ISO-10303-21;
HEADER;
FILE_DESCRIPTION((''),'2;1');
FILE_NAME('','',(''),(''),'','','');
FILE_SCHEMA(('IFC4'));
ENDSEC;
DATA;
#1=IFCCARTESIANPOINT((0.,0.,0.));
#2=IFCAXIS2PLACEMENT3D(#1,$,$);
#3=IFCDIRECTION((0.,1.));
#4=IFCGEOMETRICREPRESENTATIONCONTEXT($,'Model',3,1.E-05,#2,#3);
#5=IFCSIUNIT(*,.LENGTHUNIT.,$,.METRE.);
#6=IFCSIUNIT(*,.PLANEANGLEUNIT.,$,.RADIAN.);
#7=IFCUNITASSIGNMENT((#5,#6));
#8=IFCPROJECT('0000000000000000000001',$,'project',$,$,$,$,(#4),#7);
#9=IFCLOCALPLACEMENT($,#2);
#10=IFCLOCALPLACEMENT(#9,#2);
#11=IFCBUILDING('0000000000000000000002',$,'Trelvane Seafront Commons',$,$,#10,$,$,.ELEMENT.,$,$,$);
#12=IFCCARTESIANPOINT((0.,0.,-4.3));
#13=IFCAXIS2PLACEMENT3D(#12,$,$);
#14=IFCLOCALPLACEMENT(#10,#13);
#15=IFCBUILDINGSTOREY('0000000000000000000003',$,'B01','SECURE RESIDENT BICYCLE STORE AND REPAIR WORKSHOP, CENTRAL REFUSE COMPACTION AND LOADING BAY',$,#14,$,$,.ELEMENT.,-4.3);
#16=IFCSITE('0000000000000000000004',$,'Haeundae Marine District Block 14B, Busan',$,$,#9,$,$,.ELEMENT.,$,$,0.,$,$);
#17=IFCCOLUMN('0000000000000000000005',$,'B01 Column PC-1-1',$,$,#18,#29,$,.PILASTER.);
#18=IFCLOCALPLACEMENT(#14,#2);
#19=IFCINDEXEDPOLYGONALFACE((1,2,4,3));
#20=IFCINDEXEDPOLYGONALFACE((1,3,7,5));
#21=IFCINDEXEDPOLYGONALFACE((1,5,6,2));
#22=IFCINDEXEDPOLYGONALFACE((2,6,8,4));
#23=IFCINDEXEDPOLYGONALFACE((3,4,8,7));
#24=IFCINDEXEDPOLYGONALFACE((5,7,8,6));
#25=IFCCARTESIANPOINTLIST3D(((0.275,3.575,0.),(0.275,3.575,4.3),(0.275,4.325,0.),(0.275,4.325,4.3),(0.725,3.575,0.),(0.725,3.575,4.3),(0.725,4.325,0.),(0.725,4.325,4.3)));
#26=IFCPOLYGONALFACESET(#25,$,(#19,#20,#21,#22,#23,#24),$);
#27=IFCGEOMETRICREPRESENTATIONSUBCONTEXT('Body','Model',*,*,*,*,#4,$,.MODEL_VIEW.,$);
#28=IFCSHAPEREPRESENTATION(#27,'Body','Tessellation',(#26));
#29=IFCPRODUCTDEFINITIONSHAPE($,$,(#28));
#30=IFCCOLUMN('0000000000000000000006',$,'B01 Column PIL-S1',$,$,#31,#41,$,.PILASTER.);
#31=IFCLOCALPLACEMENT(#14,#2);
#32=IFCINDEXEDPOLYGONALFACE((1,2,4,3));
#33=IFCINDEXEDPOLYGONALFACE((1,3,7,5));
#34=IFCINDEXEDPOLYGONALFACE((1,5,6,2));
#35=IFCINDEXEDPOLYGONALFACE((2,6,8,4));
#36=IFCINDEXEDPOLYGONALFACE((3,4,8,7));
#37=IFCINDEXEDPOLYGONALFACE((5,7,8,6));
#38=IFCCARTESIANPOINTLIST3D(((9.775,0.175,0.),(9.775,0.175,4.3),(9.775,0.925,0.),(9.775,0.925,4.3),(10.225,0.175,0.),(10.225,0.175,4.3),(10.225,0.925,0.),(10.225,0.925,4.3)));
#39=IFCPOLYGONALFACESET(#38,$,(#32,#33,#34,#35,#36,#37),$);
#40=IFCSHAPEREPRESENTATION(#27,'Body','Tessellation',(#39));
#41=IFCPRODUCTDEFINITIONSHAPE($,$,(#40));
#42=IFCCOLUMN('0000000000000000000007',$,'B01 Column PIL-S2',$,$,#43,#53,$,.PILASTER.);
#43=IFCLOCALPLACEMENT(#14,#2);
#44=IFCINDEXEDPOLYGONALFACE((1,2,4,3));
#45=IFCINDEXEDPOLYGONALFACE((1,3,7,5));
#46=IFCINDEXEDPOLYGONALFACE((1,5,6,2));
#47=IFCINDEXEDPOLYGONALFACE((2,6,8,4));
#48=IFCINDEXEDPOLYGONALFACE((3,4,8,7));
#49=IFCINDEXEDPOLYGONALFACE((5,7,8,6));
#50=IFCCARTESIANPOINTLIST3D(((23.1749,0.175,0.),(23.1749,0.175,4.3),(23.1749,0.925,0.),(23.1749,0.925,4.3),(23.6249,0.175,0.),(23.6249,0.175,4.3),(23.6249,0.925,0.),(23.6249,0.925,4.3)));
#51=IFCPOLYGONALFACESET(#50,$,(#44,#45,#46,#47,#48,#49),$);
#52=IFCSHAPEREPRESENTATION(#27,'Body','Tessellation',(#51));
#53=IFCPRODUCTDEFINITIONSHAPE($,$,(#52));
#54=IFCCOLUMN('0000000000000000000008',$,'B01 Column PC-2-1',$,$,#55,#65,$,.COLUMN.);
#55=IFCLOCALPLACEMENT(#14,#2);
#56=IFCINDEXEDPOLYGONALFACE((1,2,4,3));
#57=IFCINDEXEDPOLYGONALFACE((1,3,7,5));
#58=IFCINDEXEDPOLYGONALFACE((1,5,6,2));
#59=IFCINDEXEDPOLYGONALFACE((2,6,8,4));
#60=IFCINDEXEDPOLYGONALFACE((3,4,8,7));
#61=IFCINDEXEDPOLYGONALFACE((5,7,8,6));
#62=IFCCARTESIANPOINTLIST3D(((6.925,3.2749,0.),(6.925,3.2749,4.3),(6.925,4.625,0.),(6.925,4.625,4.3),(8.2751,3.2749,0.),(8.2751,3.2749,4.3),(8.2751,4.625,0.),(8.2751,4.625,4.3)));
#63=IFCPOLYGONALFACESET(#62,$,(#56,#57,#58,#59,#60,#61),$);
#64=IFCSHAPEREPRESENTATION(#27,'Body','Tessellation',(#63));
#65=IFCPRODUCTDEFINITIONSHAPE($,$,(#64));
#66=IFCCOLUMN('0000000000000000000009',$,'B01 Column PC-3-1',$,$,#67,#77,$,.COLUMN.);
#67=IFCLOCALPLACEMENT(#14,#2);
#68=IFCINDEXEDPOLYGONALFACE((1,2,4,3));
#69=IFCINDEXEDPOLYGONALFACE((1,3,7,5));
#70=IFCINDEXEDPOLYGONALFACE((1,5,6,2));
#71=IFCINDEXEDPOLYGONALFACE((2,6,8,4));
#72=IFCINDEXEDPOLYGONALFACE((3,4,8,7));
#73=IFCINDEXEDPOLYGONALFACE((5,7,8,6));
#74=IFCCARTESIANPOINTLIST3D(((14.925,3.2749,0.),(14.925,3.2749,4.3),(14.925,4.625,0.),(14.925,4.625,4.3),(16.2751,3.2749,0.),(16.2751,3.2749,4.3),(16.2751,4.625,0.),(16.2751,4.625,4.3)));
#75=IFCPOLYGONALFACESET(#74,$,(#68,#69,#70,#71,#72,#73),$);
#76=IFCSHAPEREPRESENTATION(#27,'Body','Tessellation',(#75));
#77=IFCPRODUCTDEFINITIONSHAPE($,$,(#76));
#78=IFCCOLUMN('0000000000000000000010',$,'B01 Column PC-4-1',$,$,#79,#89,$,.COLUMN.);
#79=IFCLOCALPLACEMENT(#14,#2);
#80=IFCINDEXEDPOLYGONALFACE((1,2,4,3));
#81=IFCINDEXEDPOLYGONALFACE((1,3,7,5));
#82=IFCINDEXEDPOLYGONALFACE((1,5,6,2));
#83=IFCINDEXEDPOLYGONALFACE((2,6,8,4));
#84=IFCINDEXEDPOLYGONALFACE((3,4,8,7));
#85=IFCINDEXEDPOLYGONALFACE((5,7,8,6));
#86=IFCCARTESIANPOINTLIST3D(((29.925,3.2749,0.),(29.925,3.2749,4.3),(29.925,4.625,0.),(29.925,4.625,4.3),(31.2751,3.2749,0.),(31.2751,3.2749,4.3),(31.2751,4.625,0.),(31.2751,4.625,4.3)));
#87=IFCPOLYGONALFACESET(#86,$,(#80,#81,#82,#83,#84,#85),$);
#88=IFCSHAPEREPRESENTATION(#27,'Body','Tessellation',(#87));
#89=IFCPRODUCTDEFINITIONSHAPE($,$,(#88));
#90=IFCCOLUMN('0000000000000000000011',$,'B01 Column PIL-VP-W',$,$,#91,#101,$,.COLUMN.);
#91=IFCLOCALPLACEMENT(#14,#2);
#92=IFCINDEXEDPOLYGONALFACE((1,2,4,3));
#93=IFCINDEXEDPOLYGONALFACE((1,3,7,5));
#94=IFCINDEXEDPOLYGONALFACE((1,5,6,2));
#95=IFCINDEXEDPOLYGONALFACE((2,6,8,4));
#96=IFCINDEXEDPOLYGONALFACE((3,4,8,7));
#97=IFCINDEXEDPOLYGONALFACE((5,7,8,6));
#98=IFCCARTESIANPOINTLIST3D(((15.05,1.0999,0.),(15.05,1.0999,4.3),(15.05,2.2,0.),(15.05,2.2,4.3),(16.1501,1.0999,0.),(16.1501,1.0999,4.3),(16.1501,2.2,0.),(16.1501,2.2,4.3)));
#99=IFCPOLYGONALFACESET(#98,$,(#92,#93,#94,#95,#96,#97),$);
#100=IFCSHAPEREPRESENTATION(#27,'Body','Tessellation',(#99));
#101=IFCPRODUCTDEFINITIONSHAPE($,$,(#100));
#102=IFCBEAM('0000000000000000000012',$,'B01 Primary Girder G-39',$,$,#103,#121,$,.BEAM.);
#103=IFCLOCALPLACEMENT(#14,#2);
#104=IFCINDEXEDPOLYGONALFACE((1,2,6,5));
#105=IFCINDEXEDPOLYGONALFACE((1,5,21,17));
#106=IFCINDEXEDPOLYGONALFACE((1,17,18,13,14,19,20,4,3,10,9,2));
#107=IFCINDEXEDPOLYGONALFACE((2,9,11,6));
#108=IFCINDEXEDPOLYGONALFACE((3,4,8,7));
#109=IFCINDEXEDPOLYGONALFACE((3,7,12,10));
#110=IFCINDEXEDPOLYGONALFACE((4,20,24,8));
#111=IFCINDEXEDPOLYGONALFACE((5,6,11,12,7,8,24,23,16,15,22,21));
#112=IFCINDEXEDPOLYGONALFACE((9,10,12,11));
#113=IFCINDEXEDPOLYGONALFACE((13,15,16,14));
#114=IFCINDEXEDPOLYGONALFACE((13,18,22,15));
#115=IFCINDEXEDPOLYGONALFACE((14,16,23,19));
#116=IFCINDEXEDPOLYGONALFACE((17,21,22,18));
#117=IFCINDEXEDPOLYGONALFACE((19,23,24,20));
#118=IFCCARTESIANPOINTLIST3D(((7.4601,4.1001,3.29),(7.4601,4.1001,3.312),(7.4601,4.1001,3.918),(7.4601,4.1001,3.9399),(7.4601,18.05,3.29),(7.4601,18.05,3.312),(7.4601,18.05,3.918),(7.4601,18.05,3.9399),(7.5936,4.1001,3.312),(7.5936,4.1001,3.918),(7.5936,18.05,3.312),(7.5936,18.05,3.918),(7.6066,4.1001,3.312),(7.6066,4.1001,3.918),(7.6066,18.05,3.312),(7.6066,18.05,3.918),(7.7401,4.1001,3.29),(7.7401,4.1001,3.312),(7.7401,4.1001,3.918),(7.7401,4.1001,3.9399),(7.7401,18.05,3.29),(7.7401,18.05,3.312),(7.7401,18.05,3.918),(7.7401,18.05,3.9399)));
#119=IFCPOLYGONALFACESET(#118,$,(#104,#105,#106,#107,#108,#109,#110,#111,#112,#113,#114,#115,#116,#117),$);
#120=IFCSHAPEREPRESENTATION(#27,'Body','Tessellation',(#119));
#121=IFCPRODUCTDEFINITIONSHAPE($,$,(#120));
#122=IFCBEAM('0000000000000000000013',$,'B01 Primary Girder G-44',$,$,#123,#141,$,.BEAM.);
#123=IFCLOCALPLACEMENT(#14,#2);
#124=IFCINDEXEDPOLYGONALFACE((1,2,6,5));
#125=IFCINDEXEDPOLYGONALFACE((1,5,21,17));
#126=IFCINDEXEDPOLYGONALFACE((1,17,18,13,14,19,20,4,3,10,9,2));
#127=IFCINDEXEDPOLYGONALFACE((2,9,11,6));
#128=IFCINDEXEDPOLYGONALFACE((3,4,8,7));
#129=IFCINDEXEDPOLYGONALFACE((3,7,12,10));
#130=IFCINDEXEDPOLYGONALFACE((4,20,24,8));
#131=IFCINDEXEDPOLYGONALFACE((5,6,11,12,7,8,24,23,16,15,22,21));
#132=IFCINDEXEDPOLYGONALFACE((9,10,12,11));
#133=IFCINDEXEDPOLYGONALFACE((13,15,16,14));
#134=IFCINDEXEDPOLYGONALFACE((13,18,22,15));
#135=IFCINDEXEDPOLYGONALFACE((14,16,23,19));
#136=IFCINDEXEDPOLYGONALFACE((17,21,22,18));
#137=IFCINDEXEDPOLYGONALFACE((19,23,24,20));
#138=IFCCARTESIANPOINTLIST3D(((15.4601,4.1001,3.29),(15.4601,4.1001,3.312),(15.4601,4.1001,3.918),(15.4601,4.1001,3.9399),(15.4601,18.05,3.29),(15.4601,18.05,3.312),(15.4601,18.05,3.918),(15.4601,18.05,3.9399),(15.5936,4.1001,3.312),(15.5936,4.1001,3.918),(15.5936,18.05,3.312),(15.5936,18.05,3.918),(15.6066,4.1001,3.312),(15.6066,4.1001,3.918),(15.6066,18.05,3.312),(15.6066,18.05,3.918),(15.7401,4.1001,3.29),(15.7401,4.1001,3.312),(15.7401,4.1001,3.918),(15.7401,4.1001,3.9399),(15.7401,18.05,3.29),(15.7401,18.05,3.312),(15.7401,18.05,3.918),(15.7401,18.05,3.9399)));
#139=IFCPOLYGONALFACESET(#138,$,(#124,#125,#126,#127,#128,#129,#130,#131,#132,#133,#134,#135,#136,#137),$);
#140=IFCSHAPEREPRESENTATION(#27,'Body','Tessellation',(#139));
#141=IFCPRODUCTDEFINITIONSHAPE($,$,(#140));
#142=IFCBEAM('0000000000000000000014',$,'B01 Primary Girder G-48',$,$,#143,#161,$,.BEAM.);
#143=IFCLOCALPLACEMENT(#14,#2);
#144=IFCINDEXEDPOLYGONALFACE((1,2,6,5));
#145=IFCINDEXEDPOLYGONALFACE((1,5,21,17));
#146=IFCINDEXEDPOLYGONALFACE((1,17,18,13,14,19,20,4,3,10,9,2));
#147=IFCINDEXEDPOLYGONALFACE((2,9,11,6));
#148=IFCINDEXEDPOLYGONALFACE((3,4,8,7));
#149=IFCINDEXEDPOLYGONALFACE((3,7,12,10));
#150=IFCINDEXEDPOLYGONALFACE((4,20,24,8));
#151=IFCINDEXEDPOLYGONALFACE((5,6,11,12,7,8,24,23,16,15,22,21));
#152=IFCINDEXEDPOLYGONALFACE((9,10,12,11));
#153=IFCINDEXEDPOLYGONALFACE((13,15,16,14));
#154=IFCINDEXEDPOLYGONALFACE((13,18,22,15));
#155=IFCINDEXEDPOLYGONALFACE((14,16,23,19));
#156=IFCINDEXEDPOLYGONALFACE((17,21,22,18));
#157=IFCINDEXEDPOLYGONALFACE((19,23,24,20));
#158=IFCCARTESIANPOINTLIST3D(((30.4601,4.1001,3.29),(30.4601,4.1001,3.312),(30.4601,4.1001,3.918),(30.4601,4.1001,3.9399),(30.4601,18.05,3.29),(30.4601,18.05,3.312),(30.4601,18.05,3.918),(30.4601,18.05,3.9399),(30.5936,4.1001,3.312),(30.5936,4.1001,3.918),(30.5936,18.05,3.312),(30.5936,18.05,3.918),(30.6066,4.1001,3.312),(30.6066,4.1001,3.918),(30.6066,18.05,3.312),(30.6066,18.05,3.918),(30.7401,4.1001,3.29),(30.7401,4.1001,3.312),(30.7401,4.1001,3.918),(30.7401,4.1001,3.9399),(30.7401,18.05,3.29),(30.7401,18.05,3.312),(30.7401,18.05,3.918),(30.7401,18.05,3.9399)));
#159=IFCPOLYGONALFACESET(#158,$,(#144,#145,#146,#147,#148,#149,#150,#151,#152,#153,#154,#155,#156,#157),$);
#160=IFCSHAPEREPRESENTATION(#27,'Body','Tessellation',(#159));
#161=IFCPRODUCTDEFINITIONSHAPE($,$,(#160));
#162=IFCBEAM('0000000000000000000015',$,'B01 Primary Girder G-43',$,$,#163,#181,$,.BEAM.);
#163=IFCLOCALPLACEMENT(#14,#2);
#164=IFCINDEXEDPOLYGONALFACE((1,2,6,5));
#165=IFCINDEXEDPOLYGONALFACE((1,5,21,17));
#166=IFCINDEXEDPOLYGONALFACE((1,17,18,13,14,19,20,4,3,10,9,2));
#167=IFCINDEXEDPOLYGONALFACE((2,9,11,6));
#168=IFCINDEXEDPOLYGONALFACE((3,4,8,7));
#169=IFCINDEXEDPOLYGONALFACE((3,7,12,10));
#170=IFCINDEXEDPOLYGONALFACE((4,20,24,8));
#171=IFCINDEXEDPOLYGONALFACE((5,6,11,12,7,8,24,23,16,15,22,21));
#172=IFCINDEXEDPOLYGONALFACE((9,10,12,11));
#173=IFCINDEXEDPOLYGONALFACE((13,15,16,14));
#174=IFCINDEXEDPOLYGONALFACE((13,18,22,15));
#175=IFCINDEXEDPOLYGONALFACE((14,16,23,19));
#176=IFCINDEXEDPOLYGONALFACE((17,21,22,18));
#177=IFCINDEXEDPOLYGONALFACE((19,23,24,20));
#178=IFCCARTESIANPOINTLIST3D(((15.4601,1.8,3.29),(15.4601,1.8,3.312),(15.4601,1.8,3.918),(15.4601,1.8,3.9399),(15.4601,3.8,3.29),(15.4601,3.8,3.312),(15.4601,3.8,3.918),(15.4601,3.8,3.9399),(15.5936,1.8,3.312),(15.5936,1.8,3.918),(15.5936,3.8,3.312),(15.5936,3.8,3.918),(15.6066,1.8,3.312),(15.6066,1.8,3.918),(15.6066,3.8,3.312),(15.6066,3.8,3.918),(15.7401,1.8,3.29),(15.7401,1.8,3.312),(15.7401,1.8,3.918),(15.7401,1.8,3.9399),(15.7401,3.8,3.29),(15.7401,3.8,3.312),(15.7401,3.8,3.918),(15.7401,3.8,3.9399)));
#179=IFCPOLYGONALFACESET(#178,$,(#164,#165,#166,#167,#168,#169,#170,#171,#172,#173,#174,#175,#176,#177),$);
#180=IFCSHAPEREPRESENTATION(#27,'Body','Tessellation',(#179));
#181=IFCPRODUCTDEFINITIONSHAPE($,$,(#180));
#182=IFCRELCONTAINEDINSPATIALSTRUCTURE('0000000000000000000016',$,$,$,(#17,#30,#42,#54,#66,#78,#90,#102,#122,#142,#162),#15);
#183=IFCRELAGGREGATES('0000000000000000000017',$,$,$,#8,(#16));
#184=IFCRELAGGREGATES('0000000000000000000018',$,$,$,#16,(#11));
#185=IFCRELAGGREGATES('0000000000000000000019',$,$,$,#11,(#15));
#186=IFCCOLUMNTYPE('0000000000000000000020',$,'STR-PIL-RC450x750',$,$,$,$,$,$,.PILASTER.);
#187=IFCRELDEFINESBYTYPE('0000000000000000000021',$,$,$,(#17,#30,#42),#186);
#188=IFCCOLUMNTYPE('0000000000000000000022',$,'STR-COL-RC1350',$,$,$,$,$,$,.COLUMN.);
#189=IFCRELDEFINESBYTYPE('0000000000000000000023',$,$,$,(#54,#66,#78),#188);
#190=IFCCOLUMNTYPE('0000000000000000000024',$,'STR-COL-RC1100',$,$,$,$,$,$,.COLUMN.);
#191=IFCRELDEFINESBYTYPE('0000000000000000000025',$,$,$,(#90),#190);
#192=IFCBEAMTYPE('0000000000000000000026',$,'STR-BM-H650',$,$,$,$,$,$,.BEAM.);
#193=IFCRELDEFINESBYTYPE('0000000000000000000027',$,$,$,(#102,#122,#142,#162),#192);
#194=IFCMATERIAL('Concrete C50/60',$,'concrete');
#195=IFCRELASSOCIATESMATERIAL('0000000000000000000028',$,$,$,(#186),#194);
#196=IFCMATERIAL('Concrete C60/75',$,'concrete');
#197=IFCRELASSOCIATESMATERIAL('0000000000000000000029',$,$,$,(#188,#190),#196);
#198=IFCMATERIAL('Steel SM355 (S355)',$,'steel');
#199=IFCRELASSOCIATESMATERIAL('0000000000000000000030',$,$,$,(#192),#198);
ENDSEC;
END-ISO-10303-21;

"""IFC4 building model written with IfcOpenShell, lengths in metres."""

from ifc_helpers import new_model, si_unit, direction, frame, origin, origin_2d, place, context, subcontext, project, spatial, rectangle, i_section, extrude, source, transform, mapped, material, material_profile, profile_set, type_object, element, save


model = new_model("IFC4")

# Units and contexts
model_context = context("Model", 3, precision=1e-05, world=origin(), true_north=direction((0.0, 1.0)))
body_context = subcontext(model_context, "Body", "Model", "MODEL_VIEW")
ifc_project = project(units=[si_unit("LENGTHUNIT", "METRE"), si_unit("PLANEANGLEUNIT", "RADIAN")], contexts=[model_context])

# Site, building, storey
site_placement = place(None, origin())
site = spatial("IfcSite", under=ifc_project, at=site_placement, Name="Haeundae Marine District Block 14B, Busan", CompositionType="ELEMENT", RefElevation=0.0)
building_placement = place(site_placement, origin())
building = spatial("IfcBuilding", under=site, at=building_placement, Name="Trelvane Seafront Commons", CompositionType="ELEMENT")
storey_placement = place(building_placement, frame((0.0, 0.0, -4.3)))
storey = spatial("IfcBuildingStorey", under=building, at=storey_placement, Name="B01", Description="SECURE RESIDENT BICYCLE STORE AND REPAIR WORKSHOP, CENTRAL REFUSE COMPACTION AND LOADING BAY", CompositionType="ELEMENT", Elevation=-4.3)

# Columns
ifc_material_1 = material(Name="Concrete C50/60", Category="concrete")
ifc_material_profile_1 = material_profile(ifc_material_1, rectangle(XDim=0.45, YDim=0.75, at=origin_2d()), Name="RC-450x750")
ifc_profile_set_1 = profile_set([ifc_material_profile_1], Name="Concrete C50/60")
column_type_1 = type_object("IfcColumnType", Name="STR-PIL-RC450x750", PredefinedType="PILASTER", material=ifc_profile_set_1)
shared_shape_1 = source(origin(), body_context, "Body", "SweptSolid", [
    extrude(rectangle(XDim=0.45, YDim=0.75, at=origin_2d()), origin(), (0.0, 0.0, 1.0), 4.3),
])
for number, where, z_axis, x_axis, name in (
    (1, (0.5, 3.95, 0.0), (0.0, 0.0, 1.0), (1.0, 0.0, 0.0), "B01 Column PC-1-1"),
    (2, (10.0, 0.55, 0.0), (0.0, 0.0, 1.0), (1.0, 0.0, 0.0), "B01 Column PIL-S1"),
    (3, (23.3999, 0.55, 0.0), (0.0, 0.0, 1.0), (1.0, 0.0, 0.0), "B01 Column PIL-S2"),
):
    element("IfcColumn", number, at=place(storey_placement, frame(where, z_axis=z_axis, x_axis=x_axis)), inside=storey, type_object=column_type_1, Name=name, PredefinedType="PILASTER", context=body_context, shape_type="MappedRepresentation", body=[
        mapped(shared_shape_1, transform((0.0, 0.0, 0.0), x_axis=(1.0, 0.0, 0.0), y_axis=(0.0, 1.0, 0.0), z_axis=(0.0, 0.0, 1.0), scale=1.0)),
    ])
ifc_material_2 = material(Name="Concrete C60/75", Category="concrete")
ifc_material_profile_2 = material_profile(ifc_material_2, rectangle(XDim=1.3501, YDim=1.3501, at=origin_2d()), Name="RC-1350x1350")
ifc_profile_set_2 = profile_set([ifc_material_profile_2], Name="Concrete C60/75")
column_type_2 = type_object("IfcColumnType", Name="STR-COL-RC1350", PredefinedType="COLUMN", material=ifc_profile_set_2)
shared_shape_2 = source(origin(), body_context, "Body", "SweptSolid", [
    extrude(rectangle(XDim=1.3501, YDim=1.3501, at=origin_2d()), origin(), (0.0, 0.0, 1.0), 4.3),
])
for number, where, z_axis, x_axis, name in (
    (4, (7.6001, 3.95, 0.0), (0.0, 0.0, 1.0), (1.0, 0.0, 0.0), "B01 Column PC-2-1"),
    (5, (15.6001, 3.95, 0.0), (0.0, 0.0, 1.0), (1.0, 0.0, 0.0), "B01 Column PC-3-1"),
    (6, (30.6001, 3.95, 0.0), (0.0, 0.0, 1.0), (1.0, 0.0, 0.0), "B01 Column PC-4-1"),
):
    element("IfcColumn", number, at=place(storey_placement, frame(where, z_axis=z_axis, x_axis=x_axis)), inside=storey, type_object=column_type_2, Name=name, PredefinedType="COLUMN", context=body_context, shape_type="MappedRepresentation", body=[
        mapped(shared_shape_2, transform((0.0, 0.0, 0.0), x_axis=(1.0, 0.0, 0.0), y_axis=(0.0, 1.0, 0.0), z_axis=(0.0, 0.0, 1.0), scale=1.0)),
    ])
ifc_material_profile_3 = material_profile(ifc_material_2, rectangle(XDim=1.1001, YDim=1.1001, at=origin_2d()), Name="RC-1100x1100")
ifc_profile_set_3 = profile_set([ifc_material_profile_3], Name="Concrete C60/75")
column_type_3 = type_object("IfcColumnType", Name="STR-COL-RC1100", PredefinedType="COLUMN", material=ifc_profile_set_3)
shared_shape_3 = source(origin(), body_context, "Body", "SweptSolid", [
    extrude(rectangle(XDim=1.1001, YDim=1.1001, at=origin_2d()), origin(), (0.0, 0.0, 1.0), 4.3),
])
column_placement = place(storey_placement, frame((15.6001, 1.6499, 0.0), z_axis=(0.0, 0.0, 1.0), x_axis=(1.0, 0.0, 0.0)))
element("IfcColumn", 7, at=column_placement, inside=storey, type_object=column_type_3, Name="B01 Column PIL-VP-W", PredefinedType="COLUMN", context=body_context, shape_type="MappedRepresentation", body=[
    mapped(shared_shape_3, transform((0.0, 0.0, 0.0), x_axis=(1.0, 0.0, 0.0), y_axis=(0.0, 1.0, 0.0), z_axis=(0.0, 0.0, 1.0), scale=1.0)),
])

# Beams
ifc_material_3 = material(Name="Steel SM355 (S355)", Category="steel")
ifc_material_profile_4 = material_profile(ifc_material_3, i_section(OverallWidth=0.28, OverallDepth=0.6499, WebThickness=0.0129, FlangeThickness=0.022, at=origin_2d()), Name="H-650x280x13x22")
ifc_profile_set_4 = profile_set([ifc_material_profile_4], Name="Steel SM355 (S355)")
beam_type_1 = type_object("IfcBeamType", Name="STR-BM-H650", PredefinedType="BEAM", material=ifc_profile_set_4)
shared_shape_4 = source(origin(), body_context, "Body", "SweptSolid", [
    extrude(i_section(OverallWidth=0.28, OverallDepth=0.6499, WebThickness=0.0129, FlangeThickness=0.022, at=origin_2d()), origin(), (0.0, 0.0, 1.0), 13.95),
])
for number, where, z_axis, x_axis, name in (
    (8, (7.6001, 4.1001, 3.615), (0.0, 1.0, 0.0), (-1.0, 0.0, 0.0), "B01 Primary Girder G-39"),
    (9, (15.6001, 4.1001, 3.615), (0.0, 1.0, 0.0), (-1.0, 0.0, 0.0), "B01 Primary Girder G-44"),
    (10, (30.6001, 4.1001, 3.615), (0.0, 1.0, 0.0), (-1.0, 0.0, 0.0), "B01 Primary Girder G-48"),
):
    element("IfcBeam", number, at=place(storey_placement, frame(where, z_axis=z_axis, x_axis=x_axis)), inside=storey, type_object=beam_type_1, Name=name, PredefinedType="BEAM", context=body_context, shape_type="MappedRepresentation", body=[
        mapped(shared_shape_4, transform((0.0, 0.0, 0.0), x_axis=(1.0, 0.0, 0.0), y_axis=(0.0, 1.0, 0.0), z_axis=(0.0, 0.0, 1.0), scale=1.0)),
    ])
shared_shape_5 = source(origin(), body_context, "Body", "SweptSolid", [
    extrude(i_section(OverallWidth=0.28, OverallDepth=0.6499, WebThickness=0.0129, FlangeThickness=0.022, at=origin_2d()), origin(), (0.0, 0.0, 1.0), 2.0),
])
beam_1_placement = place(storey_placement, frame((15.6001, 1.8, 3.615), z_axis=(0.0, 1.0, 0.0), x_axis=(-1.0, 0.0, 0.0)))
element("IfcBeam", 11, at=beam_1_placement, inside=storey, type_object=beam_type_1, Name="B01 Primary Girder G-43", PredefinedType="BEAM", context=body_context, shape_type="MappedRepresentation", body=[
    mapped(shared_shape_5, transform((0.0, 0.0, 0.0), x_axis=(1.0, 0.0, 0.0), y_axis=(0.0, 1.0, 0.0), z_axis=(0.0, 0.0, 1.0), scale=1.0)),
])

save(model, "model.ifc")
